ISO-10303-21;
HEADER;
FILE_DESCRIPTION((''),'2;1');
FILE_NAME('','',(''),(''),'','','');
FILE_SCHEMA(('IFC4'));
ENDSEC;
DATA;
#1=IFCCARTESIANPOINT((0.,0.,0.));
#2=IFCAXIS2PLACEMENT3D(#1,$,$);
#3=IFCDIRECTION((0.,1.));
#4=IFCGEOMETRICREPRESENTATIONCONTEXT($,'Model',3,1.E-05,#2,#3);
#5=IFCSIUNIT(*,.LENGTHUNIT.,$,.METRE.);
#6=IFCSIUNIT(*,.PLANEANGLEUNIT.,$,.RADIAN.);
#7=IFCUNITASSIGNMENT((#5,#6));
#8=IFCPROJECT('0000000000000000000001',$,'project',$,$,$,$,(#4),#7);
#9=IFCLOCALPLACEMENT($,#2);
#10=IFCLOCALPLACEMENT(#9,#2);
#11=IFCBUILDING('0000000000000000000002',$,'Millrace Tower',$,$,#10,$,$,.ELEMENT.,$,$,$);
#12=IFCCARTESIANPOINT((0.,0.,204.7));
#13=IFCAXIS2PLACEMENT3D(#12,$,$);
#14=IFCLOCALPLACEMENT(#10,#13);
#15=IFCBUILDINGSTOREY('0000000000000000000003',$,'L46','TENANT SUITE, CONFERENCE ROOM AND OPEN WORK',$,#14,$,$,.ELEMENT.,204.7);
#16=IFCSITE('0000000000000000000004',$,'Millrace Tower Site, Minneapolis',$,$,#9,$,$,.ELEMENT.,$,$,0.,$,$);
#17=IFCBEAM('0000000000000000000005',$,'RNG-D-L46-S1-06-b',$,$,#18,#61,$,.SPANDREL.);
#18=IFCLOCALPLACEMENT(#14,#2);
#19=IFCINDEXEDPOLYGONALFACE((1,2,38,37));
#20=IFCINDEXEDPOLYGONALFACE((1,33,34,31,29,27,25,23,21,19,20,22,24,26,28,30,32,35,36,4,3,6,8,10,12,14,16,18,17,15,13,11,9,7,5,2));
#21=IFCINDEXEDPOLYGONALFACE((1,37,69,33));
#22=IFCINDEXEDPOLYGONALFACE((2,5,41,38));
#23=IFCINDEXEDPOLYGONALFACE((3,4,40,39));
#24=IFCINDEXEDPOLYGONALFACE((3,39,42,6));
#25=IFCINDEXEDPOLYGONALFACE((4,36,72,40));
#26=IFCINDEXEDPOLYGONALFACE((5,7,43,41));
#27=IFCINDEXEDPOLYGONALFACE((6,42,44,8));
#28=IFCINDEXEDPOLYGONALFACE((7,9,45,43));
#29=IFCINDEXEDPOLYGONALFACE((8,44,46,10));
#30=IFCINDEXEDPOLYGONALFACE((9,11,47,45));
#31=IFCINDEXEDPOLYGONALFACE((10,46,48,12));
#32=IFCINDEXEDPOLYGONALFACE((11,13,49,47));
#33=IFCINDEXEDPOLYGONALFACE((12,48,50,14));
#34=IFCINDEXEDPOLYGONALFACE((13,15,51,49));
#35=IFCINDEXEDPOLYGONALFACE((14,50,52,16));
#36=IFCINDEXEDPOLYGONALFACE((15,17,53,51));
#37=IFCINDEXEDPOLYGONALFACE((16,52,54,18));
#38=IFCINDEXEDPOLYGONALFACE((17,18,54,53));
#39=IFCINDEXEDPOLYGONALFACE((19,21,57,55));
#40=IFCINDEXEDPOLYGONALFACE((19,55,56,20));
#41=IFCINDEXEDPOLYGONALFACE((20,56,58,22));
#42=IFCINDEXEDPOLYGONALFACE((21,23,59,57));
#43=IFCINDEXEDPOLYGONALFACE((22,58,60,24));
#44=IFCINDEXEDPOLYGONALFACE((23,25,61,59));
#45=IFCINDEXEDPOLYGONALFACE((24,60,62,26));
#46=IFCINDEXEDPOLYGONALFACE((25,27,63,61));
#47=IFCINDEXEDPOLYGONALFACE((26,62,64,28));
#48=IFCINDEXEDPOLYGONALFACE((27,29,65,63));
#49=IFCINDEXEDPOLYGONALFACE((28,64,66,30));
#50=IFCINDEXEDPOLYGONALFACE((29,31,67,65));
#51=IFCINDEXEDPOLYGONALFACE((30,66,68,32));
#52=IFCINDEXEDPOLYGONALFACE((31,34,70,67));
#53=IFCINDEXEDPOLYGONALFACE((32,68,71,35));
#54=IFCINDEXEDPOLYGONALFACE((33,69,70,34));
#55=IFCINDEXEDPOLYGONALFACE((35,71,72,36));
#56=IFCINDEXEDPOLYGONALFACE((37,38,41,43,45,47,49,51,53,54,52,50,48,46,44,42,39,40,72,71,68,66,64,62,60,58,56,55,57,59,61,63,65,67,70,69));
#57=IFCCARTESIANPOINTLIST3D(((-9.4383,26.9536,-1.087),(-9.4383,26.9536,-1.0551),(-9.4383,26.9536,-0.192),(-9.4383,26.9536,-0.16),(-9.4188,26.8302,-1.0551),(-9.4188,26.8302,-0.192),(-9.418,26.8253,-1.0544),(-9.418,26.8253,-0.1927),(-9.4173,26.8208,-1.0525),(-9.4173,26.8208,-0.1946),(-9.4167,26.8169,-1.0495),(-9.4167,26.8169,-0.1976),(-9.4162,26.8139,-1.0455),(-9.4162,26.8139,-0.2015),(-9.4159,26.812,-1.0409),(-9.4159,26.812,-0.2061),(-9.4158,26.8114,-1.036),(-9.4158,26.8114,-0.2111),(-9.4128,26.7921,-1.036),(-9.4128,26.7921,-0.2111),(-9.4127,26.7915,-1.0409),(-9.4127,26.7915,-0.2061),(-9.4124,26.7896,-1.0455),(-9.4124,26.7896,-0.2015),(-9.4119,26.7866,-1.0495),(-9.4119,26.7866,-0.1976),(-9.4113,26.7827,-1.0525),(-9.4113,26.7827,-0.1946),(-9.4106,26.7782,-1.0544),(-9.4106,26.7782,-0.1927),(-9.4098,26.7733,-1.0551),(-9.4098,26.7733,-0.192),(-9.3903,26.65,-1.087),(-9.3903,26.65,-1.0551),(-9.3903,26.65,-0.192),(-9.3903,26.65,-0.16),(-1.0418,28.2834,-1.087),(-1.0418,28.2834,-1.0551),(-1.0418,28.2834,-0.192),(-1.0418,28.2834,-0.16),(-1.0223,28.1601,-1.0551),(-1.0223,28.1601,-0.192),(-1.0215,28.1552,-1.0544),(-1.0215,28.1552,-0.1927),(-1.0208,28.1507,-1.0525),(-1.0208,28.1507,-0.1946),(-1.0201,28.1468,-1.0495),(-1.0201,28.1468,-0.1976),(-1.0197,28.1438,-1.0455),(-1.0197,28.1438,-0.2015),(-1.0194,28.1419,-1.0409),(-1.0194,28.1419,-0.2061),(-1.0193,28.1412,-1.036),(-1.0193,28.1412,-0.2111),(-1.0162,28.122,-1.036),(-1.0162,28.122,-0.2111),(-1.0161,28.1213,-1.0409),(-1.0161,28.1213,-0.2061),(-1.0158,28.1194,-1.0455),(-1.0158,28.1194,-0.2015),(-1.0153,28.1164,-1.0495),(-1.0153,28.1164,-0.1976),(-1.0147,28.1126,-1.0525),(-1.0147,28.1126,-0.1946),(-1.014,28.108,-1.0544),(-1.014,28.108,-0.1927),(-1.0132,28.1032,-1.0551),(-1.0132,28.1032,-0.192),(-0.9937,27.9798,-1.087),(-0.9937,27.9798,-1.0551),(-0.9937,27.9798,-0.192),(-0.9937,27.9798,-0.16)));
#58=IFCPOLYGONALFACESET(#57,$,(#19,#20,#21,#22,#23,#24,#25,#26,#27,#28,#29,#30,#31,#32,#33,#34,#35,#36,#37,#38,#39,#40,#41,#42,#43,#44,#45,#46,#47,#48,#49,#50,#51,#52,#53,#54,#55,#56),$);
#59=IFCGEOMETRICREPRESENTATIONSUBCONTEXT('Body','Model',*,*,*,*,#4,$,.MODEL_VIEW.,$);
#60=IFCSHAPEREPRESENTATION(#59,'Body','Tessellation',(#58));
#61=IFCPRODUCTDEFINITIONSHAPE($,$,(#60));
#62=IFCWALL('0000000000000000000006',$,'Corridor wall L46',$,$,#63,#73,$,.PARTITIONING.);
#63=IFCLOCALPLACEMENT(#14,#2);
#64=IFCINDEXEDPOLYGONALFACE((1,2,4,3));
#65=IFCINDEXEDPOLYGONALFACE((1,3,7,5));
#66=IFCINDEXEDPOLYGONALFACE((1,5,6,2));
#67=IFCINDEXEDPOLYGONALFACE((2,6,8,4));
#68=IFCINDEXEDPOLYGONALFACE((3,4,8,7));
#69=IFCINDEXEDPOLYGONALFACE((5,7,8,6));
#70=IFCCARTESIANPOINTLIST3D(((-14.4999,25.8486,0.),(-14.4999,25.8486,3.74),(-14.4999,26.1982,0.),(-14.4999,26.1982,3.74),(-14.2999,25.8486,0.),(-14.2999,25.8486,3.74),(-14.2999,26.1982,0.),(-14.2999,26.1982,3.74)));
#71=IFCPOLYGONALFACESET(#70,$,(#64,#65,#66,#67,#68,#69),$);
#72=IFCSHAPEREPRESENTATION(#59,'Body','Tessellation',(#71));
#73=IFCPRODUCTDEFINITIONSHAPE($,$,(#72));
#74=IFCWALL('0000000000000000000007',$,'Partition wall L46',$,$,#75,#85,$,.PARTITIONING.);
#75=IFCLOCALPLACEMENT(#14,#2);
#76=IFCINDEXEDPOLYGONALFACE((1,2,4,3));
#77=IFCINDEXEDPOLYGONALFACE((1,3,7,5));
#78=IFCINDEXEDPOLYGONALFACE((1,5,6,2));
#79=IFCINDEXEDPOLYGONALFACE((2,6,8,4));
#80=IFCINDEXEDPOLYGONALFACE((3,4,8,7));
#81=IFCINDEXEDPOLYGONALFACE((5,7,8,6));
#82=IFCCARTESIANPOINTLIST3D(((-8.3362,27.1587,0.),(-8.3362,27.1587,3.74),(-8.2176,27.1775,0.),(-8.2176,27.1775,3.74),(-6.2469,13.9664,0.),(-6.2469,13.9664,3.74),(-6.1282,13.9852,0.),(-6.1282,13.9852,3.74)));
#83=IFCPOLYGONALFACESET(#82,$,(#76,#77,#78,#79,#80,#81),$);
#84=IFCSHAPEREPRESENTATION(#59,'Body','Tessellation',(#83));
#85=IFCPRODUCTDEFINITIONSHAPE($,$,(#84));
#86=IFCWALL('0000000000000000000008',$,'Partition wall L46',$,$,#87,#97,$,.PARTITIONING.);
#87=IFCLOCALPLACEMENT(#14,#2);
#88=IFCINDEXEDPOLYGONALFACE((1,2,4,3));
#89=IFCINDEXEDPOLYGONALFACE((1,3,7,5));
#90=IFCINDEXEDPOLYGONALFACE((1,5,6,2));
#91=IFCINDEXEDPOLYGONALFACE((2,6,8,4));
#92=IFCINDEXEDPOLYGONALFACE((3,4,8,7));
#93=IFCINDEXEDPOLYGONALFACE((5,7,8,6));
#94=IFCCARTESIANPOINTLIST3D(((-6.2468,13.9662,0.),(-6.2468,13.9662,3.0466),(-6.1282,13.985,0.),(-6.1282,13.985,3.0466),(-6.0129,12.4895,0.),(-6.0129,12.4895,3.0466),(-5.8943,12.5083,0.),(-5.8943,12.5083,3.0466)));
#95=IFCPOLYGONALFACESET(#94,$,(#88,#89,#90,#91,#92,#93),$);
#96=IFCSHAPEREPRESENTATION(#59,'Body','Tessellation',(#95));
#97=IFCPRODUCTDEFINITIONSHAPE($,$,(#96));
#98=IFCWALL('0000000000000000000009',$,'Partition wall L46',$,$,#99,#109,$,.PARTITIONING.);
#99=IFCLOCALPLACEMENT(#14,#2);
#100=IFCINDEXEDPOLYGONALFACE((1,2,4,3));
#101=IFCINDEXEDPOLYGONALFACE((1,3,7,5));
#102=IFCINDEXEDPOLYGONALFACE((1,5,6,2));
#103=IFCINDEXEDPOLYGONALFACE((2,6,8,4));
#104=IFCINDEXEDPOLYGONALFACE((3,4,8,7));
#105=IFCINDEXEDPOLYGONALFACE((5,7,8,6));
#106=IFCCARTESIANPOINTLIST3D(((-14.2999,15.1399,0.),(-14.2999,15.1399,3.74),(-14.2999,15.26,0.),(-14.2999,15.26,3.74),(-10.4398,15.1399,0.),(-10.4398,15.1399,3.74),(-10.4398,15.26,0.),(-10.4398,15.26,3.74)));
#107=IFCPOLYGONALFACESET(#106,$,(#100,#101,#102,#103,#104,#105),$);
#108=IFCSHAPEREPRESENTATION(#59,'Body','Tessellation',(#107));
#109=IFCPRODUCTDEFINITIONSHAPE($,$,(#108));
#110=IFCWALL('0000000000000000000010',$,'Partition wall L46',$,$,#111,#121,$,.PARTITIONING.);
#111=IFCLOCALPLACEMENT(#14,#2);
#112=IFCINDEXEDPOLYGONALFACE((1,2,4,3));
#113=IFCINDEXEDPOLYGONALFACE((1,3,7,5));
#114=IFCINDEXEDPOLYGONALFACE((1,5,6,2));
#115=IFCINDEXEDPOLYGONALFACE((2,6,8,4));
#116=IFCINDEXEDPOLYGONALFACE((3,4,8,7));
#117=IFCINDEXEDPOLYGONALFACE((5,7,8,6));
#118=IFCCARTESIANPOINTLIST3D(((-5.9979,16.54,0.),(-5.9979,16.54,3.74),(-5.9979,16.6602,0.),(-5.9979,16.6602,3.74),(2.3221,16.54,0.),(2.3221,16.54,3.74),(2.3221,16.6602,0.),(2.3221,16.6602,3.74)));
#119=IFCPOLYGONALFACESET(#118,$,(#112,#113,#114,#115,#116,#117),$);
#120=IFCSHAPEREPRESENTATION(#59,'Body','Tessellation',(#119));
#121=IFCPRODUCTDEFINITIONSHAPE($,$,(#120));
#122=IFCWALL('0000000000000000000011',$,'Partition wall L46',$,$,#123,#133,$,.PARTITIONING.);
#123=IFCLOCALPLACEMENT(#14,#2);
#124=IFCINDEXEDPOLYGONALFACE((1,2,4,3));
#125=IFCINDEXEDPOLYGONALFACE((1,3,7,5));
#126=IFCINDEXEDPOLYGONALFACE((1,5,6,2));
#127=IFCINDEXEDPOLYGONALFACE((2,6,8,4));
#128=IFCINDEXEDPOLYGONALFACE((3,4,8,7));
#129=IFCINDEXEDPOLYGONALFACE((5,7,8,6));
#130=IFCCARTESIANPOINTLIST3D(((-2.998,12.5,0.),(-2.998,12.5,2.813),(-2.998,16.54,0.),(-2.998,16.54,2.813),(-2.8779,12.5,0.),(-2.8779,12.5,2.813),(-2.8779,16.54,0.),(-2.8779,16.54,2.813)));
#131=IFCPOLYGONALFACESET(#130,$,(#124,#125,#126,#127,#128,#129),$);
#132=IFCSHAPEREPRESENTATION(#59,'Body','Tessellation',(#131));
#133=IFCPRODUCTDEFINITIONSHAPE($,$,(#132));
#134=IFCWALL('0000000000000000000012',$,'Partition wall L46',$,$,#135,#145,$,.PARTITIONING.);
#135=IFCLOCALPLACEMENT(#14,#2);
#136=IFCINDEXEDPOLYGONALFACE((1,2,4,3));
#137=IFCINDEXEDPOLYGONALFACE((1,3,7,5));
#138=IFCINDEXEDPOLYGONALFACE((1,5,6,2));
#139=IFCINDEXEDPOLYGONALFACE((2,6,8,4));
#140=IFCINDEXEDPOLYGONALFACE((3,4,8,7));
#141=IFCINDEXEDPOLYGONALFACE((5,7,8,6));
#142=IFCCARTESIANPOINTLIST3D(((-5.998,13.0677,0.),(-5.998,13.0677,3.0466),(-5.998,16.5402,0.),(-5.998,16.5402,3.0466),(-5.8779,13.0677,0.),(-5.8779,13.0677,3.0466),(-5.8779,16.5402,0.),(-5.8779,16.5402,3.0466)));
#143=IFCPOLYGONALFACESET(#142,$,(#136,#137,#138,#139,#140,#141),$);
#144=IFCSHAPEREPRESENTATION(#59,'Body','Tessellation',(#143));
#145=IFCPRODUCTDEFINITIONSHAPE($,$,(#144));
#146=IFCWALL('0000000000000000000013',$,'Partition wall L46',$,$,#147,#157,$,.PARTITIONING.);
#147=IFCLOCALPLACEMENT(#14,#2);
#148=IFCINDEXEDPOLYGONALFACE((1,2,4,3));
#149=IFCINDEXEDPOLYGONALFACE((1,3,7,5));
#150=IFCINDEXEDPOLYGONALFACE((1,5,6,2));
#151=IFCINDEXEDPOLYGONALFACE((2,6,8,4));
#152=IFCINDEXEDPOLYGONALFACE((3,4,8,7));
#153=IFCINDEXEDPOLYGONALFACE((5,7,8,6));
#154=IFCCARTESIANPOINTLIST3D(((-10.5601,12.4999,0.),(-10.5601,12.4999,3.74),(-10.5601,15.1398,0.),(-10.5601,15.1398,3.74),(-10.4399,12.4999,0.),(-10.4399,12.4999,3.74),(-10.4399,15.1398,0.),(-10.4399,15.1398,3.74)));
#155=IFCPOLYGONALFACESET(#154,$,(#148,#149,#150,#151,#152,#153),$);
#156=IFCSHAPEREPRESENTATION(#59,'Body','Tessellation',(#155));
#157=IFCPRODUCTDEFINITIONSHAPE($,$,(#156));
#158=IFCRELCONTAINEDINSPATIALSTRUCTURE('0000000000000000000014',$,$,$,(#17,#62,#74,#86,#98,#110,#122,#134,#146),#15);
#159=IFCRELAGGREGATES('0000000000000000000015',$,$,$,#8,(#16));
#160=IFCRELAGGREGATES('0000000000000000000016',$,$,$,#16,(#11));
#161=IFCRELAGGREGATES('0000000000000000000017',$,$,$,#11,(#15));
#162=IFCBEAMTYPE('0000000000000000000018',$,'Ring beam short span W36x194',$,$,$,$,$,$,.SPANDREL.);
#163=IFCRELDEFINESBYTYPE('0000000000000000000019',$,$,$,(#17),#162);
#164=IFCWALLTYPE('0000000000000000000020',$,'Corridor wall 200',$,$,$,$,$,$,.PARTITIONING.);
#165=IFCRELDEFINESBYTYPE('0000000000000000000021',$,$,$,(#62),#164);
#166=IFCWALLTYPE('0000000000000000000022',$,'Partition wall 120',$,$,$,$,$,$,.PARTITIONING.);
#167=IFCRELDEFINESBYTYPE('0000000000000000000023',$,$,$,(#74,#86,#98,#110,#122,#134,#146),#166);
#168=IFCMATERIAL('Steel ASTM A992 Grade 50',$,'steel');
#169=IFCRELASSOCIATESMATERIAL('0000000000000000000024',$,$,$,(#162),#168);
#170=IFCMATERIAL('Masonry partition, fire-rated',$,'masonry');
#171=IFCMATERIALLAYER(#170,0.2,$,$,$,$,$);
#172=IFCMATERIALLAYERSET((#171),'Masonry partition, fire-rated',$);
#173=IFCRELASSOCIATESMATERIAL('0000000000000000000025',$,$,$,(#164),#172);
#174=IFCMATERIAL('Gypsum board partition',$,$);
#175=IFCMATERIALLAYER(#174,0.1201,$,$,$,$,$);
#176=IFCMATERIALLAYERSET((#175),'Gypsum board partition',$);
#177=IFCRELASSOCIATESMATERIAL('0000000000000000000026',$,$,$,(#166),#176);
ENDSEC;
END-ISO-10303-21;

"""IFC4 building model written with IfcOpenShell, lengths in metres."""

from ifc_helpers import new_model, si_unit, direction, frame, frame_2d, origin, origin_2d, place, context, subcontext, project, spatial, rectangle, i_section, extrude, material, layer, layer_set, material_profile, profile_set, type_object, element, save


model = new_model("IFC4")

# Units and contexts
model_context = context("Model", 3, precision=1e-05, world=origin(), true_north=direction((0.0, 1.0)))
body_context = subcontext(model_context, "Body", "Model", "MODEL_VIEW")
ifc_project = project(units=[si_unit("LENGTHUNIT", "METRE"), si_unit("PLANEANGLEUNIT", "RADIAN")], contexts=[model_context])

# Site, building, storey
site_placement = place(None, origin())
site = spatial("IfcSite", under=ifc_project, at=site_placement, Name="Millrace Tower Site, Minneapolis", CompositionType="ELEMENT", RefElevation=0.0)
building_placement = place(site_placement, origin())
building = spatial("IfcBuilding", under=site, at=building_placement, Name="Millrace Tower", CompositionType="ELEMENT")
storey_placement = place(building_placement, frame((0.0, 0.0, 204.7)))
storey = spatial("IfcBuildingStorey", under=building, at=storey_placement, Name="L46", Description="TENANT SUITE, CONFERENCE ROOM AND OPEN WORK", CompositionType="ELEMENT", Elevation=204.7)

# Beam
ifc_material_1 = material(Name="Steel ASTM A992 Grade 50", Category="steel")
ifc_material_profile_1 = material_profile(ifc_material_1, i_section(OverallWidth=0.3074, OverallDepth=0.927, WebThickness=0.0195, FlangeThickness=0.032, FilletRadius=0.019, at=origin_2d()))
ifc_profile_set_1 = profile_set([ifc_material_profile_1], Name="Steel ASTM A992 Grade 50")
beam_type_1 = type_object("IfcBeamType", Name="Ring beam short span W36x194", PredefinedType="SPANDREL", material=ifc_profile_set_1)
beam_1_placement = place(storey_placement, frame((-9.4143, 26.8018, -0.6235), z_axis=(0.987689, 0.15643, 0.0), x_axis=(-0.15643, 0.987689, 0.0)))
element("IfcBeam", 1, at=beam_1_placement, inside=storey, type_object=beam_type_1, Name="RNG-D-L46-S1-06-b", PredefinedType="SPANDREL", context=body_context, shape_type="SweptSolid", body=[
    extrude(i_section(OverallWidth=0.3074, OverallDepth=0.927, WebThickness=0.0195, FlangeThickness=0.032, FilletRadius=0.019, at=origin_2d()), origin(), (0.0, 0.0, 1.0), 8.5012),
])

# Walls
ifc_material_2 = material(Name="Masonry partition, fire-rated", Category="masonry")
ifc_layer_1 = layer(ifc_material_2, 0.2)
ifc_layer_set_1 = layer_set([ifc_layer_1], Name="Masonry partition, fire-rated")
wall_type_1 = type_object("IfcWallType", Name="Corridor wall 200", PredefinedType="PARTITIONING", material=ifc_layer_set_1)
wall_1_placement = place(storey_placement, frame((-14.3999, 25.8486, 0.0), z_axis=(0.0, 0.0, 1.0), x_axis=(0.0, 1.0, 0.0)))
element("IfcWall", 2, at=wall_1_placement, inside=storey, type_object=wall_type_1, Name="Corridor wall L46", PredefinedType="PARTITIONING", context=body_context, shape_type="SweptSolid", body=[
    extrude(rectangle(XDim=0.3496, YDim=0.2, at=frame_2d((0.1748, 0.0))), origin(), (0.0, 0.0, 1.0), 3.74),
])
ifc_material_3 = material(Name="Gypsum board partition")
ifc_layer_2 = layer(ifc_material_3, 0.1201)
ifc_layer_set_2 = layer_set([ifc_layer_2], Name="Gypsum board partition")
wall_type_2 = type_object("IfcWallType", Name="Partition wall 120", PredefinedType="PARTITIONING", material=ifc_layer_set_2)
wall_2_placement = place(storey_placement, frame((-8.2769, 27.168, 0.0), z_axis=(0.0, 0.0, 1.0), x_axis=(0.156426, -0.98769, 0.0)))
element("IfcWall", 3, at=wall_2_placement, inside=storey, type_object=wall_type_2, Name="Partition wall L46", PredefinedType="PARTITIONING", context=body_context, shape_type="SweptSolid", body=[
    extrude(rectangle(XDim=13.3567, YDim=0.1201, at=frame_2d((6.6782, 0.0))), origin(), (0.0, 0.0, 1.0), 3.74),
])
wall_3_placement = place(storey_placement, frame((-6.1875, 13.9756, 0.0), z_axis=(0.0, 0.0, 1.0), x_axis=(0.156424, -0.98769, 0.0)))
element("IfcWall", 4, at=wall_3_placement, inside=storey, type_object=wall_type_2, Name="Partition wall L46", PredefinedType="PARTITIONING", context=body_context, shape_type="SweptSolid", body=[
    extrude(rectangle(XDim=1.4951, YDim=0.1201, at=frame_2d((0.7476, 0.0))), origin(), (0.0, 0.0, 1.0), 3.0466),
])
wall_4_placement = place(storey_placement, frame((-14.3, 15.2, 0.0), z_axis=(0.0, 0.0, 1.0), x_axis=(1.0, 0.0, 0.0)))
element("IfcWall", 5, at=wall_4_placement, inside=storey, type_object=wall_type_2, Name="Partition wall L46", PredefinedType="PARTITIONING", context=body_context, shape_type="SweptSolid", body=[
    extrude(rectangle(XDim=3.8601, YDim=0.1201, at=frame_2d((1.9302, 0.0))), origin(), (0.0, 0.0, 1.0), 3.74),
])
wall_5_placement = place(storey_placement, frame((-5.998, 16.6001, 0.0), z_axis=(0.0, 0.0, 1.0), x_axis=(1.0, 0.0, 0.0)))
element("IfcWall", 6, at=wall_5_placement, inside=storey, type_object=wall_type_2, Name="Partition wall L46", PredefinedType="PARTITIONING", context=body_context, shape_type="SweptSolid", body=[
    extrude(rectangle(XDim=8.3201, YDim=0.1201, at=frame_2d((4.1602, 0.0))), origin(), (0.0, 0.0, 1.0), 3.74),
])
wall_6_placement = place(storey_placement, frame((-2.938, 12.5, 0.0), z_axis=(0.0, 0.0, 1.0), x_axis=(0.0, 1.0, 0.0)))
element("IfcWall", 7, at=wall_6_placement, inside=storey, type_object=wall_type_2, Name="Partition wall L46", PredefinedType="PARTITIONING", context=body_context, shape_type="SweptSolid", body=[
    extrude(rectangle(XDim=4.04, YDim=0.1201, at=frame_2d((2.02, 0.0))), origin(), (0.0, 0.0, 1.0), 2.813),
])
wall_7_placement = place(storey_placement, frame((-5.938, 13.0676, 0.0), z_axis=(0.0, 0.0, 1.0), x_axis=(0.0, 1.0, 0.0)))
element("IfcWall", 8, at=wall_7_placement, inside=storey, type_object=wall_type_2, Name="Partition wall L46", PredefinedType="PARTITIONING", context=body_context, shape_type="SweptSolid", body=[
    extrude(rectangle(XDim=3.4724, YDim=0.1201, at=frame_2d((1.7363, 0.0))), origin(), (0.0, 0.0, 1.0), 3.0466),
])
wall_8_placement = place(storey_placement, frame((-10.5, 12.5, 0.0), z_axis=(0.0, 0.0, 1.0), x_axis=(0.0, 1.0, 0.0)))
element("IfcWall", 9, at=wall_8_placement, inside=storey, type_object=wall_type_2, Name="Partition wall L46", PredefinedType="PARTITIONING", context=body_context, shape_type="SweptSolid", body=[
    extrude(rectangle(XDim=2.6399, YDim=0.1201, at=frame_2d((1.3198, 0.0))), origin(), (0.0, 0.0, 1.0), 3.74),
])

save(model, "model.ifc")
